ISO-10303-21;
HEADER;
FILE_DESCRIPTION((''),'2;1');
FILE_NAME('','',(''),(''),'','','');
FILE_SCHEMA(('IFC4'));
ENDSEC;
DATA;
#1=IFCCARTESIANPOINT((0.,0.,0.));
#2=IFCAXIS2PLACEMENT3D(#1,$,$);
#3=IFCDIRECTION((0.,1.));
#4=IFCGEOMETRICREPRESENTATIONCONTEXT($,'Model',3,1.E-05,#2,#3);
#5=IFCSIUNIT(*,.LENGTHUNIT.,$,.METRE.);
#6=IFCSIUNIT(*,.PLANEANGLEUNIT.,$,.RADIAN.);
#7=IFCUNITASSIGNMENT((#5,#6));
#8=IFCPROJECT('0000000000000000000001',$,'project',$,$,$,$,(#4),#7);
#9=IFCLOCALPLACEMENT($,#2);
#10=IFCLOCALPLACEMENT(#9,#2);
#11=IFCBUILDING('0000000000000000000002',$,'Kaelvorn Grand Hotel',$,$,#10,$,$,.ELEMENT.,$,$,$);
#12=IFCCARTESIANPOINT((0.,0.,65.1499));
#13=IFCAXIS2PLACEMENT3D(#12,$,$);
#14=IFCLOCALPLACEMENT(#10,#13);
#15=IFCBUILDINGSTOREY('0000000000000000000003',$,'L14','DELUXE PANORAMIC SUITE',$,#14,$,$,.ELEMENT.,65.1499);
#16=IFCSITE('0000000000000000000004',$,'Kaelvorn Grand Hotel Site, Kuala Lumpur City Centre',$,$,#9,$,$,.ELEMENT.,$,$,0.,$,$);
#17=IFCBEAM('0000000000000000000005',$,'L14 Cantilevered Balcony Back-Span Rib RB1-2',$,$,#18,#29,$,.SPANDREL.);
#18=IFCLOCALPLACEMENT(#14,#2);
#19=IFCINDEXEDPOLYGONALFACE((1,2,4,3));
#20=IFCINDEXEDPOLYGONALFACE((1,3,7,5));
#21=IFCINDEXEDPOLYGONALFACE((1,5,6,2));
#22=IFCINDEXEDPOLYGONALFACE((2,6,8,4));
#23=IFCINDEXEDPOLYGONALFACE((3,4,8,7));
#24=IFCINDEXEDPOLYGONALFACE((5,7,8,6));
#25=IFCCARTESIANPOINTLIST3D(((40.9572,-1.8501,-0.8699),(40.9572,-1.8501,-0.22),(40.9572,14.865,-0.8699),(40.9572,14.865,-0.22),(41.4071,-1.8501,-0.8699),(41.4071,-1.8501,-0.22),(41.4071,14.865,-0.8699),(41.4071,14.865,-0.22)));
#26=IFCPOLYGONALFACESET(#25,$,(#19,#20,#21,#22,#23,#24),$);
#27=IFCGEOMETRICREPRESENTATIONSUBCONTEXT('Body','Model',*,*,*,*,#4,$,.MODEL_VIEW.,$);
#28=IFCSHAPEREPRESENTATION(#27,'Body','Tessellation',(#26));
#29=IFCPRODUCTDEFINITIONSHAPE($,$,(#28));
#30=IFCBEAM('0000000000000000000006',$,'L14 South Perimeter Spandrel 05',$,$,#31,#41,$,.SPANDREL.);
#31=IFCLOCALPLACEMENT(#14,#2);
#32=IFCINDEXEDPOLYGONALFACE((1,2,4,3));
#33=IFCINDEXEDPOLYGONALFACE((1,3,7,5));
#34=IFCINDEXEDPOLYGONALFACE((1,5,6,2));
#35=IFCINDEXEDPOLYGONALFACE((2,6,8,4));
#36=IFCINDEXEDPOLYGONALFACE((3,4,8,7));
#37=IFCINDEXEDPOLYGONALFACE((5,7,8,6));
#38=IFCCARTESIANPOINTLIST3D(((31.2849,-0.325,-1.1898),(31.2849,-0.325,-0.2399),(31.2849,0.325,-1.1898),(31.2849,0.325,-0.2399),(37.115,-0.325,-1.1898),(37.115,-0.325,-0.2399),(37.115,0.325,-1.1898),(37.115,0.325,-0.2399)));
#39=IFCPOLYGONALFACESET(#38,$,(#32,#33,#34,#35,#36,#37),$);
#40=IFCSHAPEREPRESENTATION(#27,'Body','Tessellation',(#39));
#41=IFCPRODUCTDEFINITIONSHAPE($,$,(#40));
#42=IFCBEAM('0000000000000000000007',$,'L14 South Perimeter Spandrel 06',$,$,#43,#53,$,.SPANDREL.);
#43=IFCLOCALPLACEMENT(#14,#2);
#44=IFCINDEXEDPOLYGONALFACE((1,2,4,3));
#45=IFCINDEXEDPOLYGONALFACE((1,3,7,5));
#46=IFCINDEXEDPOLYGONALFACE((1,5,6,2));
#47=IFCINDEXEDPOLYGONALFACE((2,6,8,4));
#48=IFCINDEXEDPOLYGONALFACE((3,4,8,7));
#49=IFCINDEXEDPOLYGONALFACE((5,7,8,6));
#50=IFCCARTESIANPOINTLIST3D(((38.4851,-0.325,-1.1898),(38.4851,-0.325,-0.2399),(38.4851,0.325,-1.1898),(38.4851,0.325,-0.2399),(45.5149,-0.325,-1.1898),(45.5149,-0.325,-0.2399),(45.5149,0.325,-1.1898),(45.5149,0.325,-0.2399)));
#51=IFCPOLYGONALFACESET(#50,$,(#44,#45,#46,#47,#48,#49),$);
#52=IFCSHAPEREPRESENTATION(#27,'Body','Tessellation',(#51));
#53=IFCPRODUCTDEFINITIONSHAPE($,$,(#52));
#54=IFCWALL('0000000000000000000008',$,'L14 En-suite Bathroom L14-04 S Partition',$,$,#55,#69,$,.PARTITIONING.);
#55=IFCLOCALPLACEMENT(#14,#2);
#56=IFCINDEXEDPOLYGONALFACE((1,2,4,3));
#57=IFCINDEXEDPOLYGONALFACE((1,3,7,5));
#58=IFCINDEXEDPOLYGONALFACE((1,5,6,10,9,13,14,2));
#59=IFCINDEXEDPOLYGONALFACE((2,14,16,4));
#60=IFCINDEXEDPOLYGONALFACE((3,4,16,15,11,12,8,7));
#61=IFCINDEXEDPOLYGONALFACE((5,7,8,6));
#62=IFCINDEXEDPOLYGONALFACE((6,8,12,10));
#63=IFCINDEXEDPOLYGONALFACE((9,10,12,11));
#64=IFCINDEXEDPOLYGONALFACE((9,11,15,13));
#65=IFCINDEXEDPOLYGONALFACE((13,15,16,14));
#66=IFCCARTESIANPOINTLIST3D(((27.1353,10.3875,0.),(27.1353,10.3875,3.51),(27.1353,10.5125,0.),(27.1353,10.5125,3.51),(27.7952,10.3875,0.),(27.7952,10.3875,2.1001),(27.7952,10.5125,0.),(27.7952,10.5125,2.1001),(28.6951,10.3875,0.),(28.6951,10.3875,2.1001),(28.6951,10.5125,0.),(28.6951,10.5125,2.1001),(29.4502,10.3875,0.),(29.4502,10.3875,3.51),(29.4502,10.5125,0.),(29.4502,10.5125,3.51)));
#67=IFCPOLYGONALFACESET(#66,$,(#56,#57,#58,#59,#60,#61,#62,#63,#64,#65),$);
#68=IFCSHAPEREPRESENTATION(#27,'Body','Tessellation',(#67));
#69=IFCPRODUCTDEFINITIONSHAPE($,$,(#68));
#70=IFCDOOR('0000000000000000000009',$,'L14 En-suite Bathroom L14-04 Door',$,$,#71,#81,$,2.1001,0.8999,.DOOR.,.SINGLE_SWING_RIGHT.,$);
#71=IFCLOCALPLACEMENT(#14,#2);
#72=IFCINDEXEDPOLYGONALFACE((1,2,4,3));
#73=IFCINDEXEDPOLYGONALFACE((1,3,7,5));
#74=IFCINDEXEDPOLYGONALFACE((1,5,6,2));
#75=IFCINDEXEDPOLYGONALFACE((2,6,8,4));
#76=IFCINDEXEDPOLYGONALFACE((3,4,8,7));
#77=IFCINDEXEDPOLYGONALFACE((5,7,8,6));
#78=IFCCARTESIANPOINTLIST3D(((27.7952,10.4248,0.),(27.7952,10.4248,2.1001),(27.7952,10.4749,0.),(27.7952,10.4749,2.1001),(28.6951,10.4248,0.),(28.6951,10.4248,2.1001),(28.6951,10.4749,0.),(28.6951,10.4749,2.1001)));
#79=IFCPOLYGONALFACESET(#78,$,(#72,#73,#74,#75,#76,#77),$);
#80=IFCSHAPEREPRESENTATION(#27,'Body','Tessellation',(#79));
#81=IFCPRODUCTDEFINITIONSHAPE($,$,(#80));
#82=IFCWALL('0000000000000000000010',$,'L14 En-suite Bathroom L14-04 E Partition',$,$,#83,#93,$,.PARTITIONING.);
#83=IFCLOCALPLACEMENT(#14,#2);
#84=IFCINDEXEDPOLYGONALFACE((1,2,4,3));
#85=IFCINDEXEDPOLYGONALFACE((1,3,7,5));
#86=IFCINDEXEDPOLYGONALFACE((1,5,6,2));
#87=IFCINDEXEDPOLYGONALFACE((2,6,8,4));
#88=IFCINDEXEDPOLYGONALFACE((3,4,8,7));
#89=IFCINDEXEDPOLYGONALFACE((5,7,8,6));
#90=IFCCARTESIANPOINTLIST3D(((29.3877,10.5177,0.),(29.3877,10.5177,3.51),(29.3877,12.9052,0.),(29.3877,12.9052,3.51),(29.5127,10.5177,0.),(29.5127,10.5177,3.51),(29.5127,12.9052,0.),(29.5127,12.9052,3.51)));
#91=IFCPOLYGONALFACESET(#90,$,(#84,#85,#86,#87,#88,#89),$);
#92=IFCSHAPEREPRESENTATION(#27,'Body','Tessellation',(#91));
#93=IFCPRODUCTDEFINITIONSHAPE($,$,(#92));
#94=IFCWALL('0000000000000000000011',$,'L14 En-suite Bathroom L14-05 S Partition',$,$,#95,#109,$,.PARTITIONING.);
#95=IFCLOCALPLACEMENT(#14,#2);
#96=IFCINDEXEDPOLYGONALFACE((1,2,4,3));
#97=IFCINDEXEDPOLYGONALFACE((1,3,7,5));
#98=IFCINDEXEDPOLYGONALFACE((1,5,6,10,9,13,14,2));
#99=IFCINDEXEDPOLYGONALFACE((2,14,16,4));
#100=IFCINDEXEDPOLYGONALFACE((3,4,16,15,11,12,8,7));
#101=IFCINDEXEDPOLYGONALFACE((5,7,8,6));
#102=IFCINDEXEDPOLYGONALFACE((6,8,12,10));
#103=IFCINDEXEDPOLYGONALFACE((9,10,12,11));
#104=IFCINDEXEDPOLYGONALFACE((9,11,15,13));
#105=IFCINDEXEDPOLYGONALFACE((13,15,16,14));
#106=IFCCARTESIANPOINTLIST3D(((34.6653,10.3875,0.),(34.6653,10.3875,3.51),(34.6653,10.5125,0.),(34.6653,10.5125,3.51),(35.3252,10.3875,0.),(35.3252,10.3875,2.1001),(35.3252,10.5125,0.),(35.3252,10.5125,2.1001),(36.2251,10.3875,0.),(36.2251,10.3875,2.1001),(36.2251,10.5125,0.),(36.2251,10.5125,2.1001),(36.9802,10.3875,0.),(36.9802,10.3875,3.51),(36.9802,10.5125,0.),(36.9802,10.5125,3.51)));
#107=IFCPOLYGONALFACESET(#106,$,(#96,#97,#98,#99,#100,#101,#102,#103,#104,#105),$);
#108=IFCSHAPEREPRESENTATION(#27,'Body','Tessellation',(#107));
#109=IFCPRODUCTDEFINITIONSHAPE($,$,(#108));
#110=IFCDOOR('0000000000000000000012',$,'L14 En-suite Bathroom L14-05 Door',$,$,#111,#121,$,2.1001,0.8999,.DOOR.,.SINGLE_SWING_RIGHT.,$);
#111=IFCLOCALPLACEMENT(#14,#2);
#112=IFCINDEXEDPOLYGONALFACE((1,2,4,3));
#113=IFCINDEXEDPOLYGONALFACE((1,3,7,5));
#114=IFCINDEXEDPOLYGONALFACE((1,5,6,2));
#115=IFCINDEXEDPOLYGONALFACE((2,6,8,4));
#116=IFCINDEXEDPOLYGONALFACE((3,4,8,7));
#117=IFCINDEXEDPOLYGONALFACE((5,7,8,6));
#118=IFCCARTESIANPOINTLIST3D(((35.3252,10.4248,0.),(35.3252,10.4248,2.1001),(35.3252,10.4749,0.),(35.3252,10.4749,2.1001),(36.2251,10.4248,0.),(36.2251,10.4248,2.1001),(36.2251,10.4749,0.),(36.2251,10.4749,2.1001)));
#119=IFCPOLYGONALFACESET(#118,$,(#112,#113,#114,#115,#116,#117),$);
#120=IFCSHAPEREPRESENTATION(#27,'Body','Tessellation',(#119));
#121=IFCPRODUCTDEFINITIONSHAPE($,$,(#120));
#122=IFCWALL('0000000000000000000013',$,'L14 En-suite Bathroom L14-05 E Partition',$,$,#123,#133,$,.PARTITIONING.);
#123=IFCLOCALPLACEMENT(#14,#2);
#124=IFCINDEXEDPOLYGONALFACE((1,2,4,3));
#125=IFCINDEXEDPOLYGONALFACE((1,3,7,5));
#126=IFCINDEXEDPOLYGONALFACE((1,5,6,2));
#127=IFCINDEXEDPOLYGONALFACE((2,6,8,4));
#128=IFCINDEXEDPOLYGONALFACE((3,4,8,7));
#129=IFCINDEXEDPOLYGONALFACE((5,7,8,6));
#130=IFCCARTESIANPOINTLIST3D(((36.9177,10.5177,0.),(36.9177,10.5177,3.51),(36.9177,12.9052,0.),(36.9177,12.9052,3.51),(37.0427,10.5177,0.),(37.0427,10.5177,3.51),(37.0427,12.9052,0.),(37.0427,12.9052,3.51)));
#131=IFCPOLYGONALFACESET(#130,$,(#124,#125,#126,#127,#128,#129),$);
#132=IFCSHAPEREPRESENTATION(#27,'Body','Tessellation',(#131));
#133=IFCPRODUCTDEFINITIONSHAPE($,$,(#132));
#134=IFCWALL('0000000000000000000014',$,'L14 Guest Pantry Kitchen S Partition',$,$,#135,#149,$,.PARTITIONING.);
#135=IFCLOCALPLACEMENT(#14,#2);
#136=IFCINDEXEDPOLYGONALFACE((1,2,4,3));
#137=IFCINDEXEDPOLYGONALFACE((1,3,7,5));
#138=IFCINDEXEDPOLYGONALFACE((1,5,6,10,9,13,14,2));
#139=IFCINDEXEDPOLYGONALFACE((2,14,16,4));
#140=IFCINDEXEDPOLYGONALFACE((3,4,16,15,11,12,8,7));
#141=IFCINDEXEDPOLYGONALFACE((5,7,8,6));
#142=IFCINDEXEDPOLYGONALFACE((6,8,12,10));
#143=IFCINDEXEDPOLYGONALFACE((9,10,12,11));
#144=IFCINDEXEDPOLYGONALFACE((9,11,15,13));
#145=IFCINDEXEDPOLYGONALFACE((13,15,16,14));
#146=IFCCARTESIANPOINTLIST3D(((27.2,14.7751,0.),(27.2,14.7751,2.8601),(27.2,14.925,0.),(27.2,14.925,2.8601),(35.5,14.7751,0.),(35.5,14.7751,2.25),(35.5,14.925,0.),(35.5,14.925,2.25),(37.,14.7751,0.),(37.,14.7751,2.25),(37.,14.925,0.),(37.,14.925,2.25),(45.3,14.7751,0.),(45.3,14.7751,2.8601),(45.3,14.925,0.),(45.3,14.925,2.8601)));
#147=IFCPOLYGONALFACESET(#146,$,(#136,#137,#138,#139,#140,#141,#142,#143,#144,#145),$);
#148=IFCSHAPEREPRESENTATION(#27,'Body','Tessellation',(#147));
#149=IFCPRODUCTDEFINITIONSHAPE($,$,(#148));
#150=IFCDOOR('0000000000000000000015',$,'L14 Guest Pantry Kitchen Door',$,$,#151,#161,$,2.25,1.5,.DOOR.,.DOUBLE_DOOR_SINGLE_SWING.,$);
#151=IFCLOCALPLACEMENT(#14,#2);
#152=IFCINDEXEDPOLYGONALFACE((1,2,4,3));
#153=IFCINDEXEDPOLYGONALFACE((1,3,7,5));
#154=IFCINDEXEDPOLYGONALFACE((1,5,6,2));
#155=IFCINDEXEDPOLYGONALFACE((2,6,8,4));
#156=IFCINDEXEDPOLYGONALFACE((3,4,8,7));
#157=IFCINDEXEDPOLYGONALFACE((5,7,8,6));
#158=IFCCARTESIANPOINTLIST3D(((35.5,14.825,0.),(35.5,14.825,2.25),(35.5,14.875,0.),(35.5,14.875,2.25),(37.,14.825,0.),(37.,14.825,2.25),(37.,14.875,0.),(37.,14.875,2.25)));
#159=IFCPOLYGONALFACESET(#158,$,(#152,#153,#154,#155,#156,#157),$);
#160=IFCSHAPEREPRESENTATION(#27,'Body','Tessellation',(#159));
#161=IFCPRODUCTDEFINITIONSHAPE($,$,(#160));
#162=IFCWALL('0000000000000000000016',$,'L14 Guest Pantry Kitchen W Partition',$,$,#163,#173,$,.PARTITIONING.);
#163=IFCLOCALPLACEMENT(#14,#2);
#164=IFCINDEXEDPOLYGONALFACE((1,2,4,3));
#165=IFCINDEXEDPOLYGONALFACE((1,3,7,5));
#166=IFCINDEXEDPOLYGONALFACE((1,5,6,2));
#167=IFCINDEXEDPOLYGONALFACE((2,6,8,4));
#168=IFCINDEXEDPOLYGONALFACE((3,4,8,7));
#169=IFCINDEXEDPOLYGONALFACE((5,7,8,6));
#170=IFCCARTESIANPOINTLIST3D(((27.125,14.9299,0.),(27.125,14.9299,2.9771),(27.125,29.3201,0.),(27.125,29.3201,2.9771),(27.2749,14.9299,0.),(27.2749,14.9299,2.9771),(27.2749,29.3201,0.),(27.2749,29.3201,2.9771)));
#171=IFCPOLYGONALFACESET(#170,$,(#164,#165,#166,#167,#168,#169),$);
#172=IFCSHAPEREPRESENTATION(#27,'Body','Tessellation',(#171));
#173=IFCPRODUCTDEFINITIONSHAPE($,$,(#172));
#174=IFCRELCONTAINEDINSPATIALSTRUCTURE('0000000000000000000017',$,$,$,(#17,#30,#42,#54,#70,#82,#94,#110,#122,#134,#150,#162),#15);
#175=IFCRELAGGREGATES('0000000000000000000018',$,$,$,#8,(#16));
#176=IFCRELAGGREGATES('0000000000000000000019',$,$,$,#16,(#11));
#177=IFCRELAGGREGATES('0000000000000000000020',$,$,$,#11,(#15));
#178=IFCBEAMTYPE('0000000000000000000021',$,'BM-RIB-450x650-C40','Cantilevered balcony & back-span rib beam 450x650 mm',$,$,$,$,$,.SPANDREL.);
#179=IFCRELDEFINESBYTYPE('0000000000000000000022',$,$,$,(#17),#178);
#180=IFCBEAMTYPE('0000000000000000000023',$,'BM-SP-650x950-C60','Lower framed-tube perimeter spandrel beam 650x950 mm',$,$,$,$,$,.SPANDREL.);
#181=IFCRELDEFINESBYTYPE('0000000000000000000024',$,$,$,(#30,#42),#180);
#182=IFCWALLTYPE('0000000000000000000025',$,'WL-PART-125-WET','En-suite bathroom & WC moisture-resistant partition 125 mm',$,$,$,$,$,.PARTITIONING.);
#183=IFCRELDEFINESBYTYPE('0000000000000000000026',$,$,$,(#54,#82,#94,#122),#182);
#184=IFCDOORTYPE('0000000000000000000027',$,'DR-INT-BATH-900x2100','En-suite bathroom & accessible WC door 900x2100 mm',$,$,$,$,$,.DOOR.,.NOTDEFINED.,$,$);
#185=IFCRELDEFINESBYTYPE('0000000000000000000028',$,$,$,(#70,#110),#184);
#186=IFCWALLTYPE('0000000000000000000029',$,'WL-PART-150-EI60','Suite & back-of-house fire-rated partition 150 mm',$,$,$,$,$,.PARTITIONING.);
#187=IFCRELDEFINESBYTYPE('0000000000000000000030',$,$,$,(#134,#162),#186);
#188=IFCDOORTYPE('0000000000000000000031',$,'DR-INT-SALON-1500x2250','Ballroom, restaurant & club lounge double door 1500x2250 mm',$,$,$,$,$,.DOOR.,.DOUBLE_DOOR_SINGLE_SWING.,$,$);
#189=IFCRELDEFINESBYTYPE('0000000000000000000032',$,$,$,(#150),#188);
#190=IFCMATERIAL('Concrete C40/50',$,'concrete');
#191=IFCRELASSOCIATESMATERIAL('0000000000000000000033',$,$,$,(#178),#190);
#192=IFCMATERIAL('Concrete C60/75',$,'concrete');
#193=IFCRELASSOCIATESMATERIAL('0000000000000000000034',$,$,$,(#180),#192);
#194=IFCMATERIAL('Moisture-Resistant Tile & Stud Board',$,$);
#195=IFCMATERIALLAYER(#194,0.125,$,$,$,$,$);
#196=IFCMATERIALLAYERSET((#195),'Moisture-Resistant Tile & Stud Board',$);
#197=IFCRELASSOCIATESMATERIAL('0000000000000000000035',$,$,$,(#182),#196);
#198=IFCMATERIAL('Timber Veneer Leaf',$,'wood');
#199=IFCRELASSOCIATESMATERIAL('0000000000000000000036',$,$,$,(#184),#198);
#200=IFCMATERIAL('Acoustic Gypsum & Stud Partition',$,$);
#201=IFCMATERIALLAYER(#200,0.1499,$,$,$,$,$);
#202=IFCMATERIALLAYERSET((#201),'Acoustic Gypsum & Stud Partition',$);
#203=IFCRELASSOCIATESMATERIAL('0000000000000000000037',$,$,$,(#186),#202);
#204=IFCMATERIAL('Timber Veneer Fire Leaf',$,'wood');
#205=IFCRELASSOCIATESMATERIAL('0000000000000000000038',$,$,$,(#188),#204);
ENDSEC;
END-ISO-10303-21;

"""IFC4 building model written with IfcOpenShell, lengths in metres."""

from ifc_helpers import new_model, si_unit, direction, frame, frame_2d, origin, origin_2d, place, context, subcontext, project, spatial, rectangle, extrude, material, layer, layer_set, material_profile, profile_set, type_object, element, fill, save


model = new_model("IFC4")

# Units and contexts
model_context = context("Model", 3, precision=1e-05, world=origin(), true_north=direction((0.0, 1.0)))
body_context = subcontext(model_context, "Body", "Model", "MODEL_VIEW")
ifc_project = project(units=[si_unit("LENGTHUNIT", "METRE"), si_unit("PLANEANGLEUNIT", "RADIAN")], contexts=[model_context])

# Site, building, storey
site_placement = place(None, origin())
site = spatial("IfcSite", under=ifc_project, at=site_placement, Name="Kaelvorn Grand Hotel Site, Kuala Lumpur City Centre", CompositionType="ELEMENT", RefElevation=0.0)
building_placement = place(site_placement, origin())
building = spatial("IfcBuilding", under=site, at=building_placement, Name="Kaelvorn Grand Hotel", CompositionType="ELEMENT")
storey_placement = place(building_placement, frame((0.0, 0.0, 65.1499)))
storey = spatial("IfcBuildingStorey", under=building, at=storey_placement, Name="L14", Description="DELUXE PANORAMIC SUITE", CompositionType="ELEMENT", Elevation=65.1499)

# Beams
ifc_material_1 = material(Name="Concrete C40/50", Category="concrete")
ifc_material_profile_1 = material_profile(ifc_material_1, rectangle(XDim=0.45, YDim=0.6499, at=origin_2d()), Name="RC RIB 450x650")
ifc_profile_set_1 = profile_set([ifc_material_profile_1], Name="Concrete C40/50")
beam_type_1 = type_object("IfcBeamType", Name="BM-RIB-450x650-C40", Description="Cantilevered balcony & back-span rib beam 450x650 mm", PredefinedType="SPANDREL", material=ifc_profile_set_1)
beam_1_placement = place(storey_placement, frame((41.1821, -1.8501, -0.5449), z_axis=(0.0, 1.0, 0.0), x_axis=(-1.0, 0.0, 0.0)))
element("IfcBeam", 1, at=beam_1_placement, inside=storey, type_object=beam_type_1, Name="L14 Cantilevered Balcony Back-Span Rib RB1-2", PredefinedType="SPANDREL", context=body_context, shape_type="SweptSolid", body=[
    extrude(rectangle(XDim=0.45, YDim=0.6499, at=origin_2d()), origin(), (0.0, 0.0, 1.0), 16.7151),
])
ifc_material_2 = material(Name="Concrete C60/75", Category="concrete")
ifc_material_profile_2 = material_profile(ifc_material_2, rectangle(XDim=0.6499, YDim=0.95, at=origin_2d()), Name="RC SPANDREL 650x950")
ifc_profile_set_2 = profile_set([ifc_material_profile_2], Name="Concrete C60/75")
beam_type_2 = type_object("IfcBeamType", Name="BM-SP-650x950-C60", Description="Lower framed-tube perimeter spandrel beam 650x950 mm", PredefinedType="SPANDREL", material=ifc_profile_set_2)
beam_2_placement = place(storey_placement, frame((31.2849, 0.0, -0.7148), z_axis=(1.0, 0.0, 0.0), x_axis=(0.0, 1.0, 0.0)))
element("IfcBeam", 2, at=beam_2_placement, inside=storey, type_object=beam_type_2, Name="L14 South Perimeter Spandrel 05", PredefinedType="SPANDREL", context=body_context, shape_type="SweptSolid", body=[
    extrude(rectangle(XDim=0.6499, YDim=0.95, at=origin_2d()), origin(), (0.0, 0.0, 1.0), 5.8301),
])
beam_3_placement = place(storey_placement, frame((38.4851, 0.0, -0.7148), z_axis=(1.0, 0.0, 0.0), x_axis=(0.0, 1.0, 0.0)))
element("IfcBeam", 3, at=beam_3_placement, inside=storey, type_object=beam_type_2, Name="L14 South Perimeter Spandrel 06", PredefinedType="SPANDREL", context=body_context, shape_type="SweptSolid", body=[
    extrude(rectangle(XDim=0.6499, YDim=0.95, at=origin_2d()), origin(), (0.0, 0.0, 1.0), 7.0298),
])

# Wall, opening, door
ifc_material_3 = material(Name="Moisture-Resistant Tile & Stud Board")
ifc_layer_1 = layer(ifc_material_3, 0.125)
ifc_layer_set_1 = layer_set([ifc_layer_1], Name="Moisture-Resistant Tile & Stud Board")
wall_type_1 = type_object("IfcWallType", Name="WL-PART-125-WET", Description="En-suite bathroom & WC moisture-resistant partition 125 mm", PredefinedType="PARTITIONING", material=ifc_layer_set_1)
wall_1_placement = place(storey_placement, frame((27.1353, 10.45, 0.0), z_axis=(0.0, 0.0, 1.0), x_axis=(1.0, 0.0, 0.0)))
wall_1 = element("IfcWall", 4, at=wall_1_placement, inside=storey, type_object=wall_type_1, Name="L14 En-suite Bathroom L14-04 S Partition", PredefinedType="PARTITIONING", context=body_context, shape_type="SweptSolid", body=[
    extrude(rectangle(XDim=2.3149, YDim=0.125, at=frame_2d((1.1575, 0.0))), origin(), (0.0, 0.0, 1.0), 3.51),
])
opening_1_placement = place(wall_1_placement, frame((0.6599, 0.0, 0.0)))
opening_1 = element("IfcOpeningElement", 5, at=opening_1_placement, cuts=wall_1, PredefinedType="OPENING", context=body_context, shape_type="SweptSolid", body=[
    extrude(rectangle(XDim=0.8999, YDim=2.1001, at=frame_2d((0.45, 1.05))), frame((0.0, 0.0725, 0.0), z_axis=(0.0, -1.0, 0.0), x_axis=(1.0, 0.0, 0.0)), (0.0, 0.0, 1.0), 0.145),
])
ifc_material_4 = material(Name="Timber Veneer Leaf", Category="wood")
door_type_1 = type_object("IfcDoorType", Name="DR-INT-BATH-900x2100", Description="En-suite bathroom & accessible WC door 900x2100 mm", OperationType="NOTDEFINED", PredefinedType="DOOR", material=ifc_material_4)
door_1_placement = place(opening_1_placement, origin())
door_1 = element("IfcDoor", 6, at=door_1_placement, inside=storey, type_object=door_type_1, Name="L14 En-suite Bathroom L14-04 Door", OperationType="SINGLE_SWING_RIGHT", OverallHeight=2.1001, OverallWidth=0.8999, PredefinedType="DOOR", context=body_context, shape_type="SweptSolid", body=[
    extrude(rectangle(XDim=0.8999, YDim=2.1001, at=frame_2d((0.45, 1.05))), frame((0.0, 0.0249, 0.0), z_axis=(0.0, -1.0, 0.0), x_axis=(1.0, 0.0, 0.0)), (0.0, 0.0, 1.0), 0.05),
])
fill(opening_1, door_1)

# Wall
wall_2_placement = place(storey_placement, frame((29.4502, 10.5176, 0.0), z_axis=(0.0, 0.0, 1.0), x_axis=(0.0, 1.0, 0.0)))
element("IfcWall", 7, at=wall_2_placement, inside=storey, type_object=wall_type_1, Name="L14 En-suite Bathroom L14-04 E Partition", PredefinedType="PARTITIONING", context=body_context, shape_type="SweptSolid", body=[
    extrude(rectangle(XDim=2.3875, YDim=0.125, at=frame_2d((1.1938, 0.0))), origin(), (0.0, 0.0, 1.0), 3.51),
])

# Wall, opening, door
wall_3_placement = place(storey_placement, frame((34.6653, 10.45, 0.0), z_axis=(0.0, 0.0, 1.0), x_axis=(1.0, 0.0, 0.0)))
wall_3 = element("IfcWall", 8, at=wall_3_placement, inside=storey, type_object=wall_type_1, Name="L14 En-suite Bathroom L14-05 S Partition", PredefinedType="PARTITIONING", context=body_context, shape_type="SweptSolid", body=[
    extrude(rectangle(XDim=2.3149, YDim=0.125, at=frame_2d((1.1575, 0.0))), origin(), (0.0, 0.0, 1.0), 3.51),
])
opening_2_placement = place(wall_3_placement, frame((0.6599, 0.0, 0.0)))
opening_2 = element("IfcOpeningElement", 9, at=opening_2_placement, cuts=wall_3, PredefinedType="OPENING", context=body_context, shape_type="SweptSolid", body=[
    extrude(rectangle(XDim=0.8999, YDim=2.1001, at=frame_2d((0.45, 1.05))), frame((0.0, 0.0725, 0.0), z_axis=(0.0, -1.0, 0.0), x_axis=(1.0, 0.0, 0.0)), (0.0, 0.0, 1.0), 0.145),
])
door_2_placement = place(opening_2_placement, origin())
door_2 = element("IfcDoor", 10, at=door_2_placement, inside=storey, type_object=door_type_1, Name="L14 En-suite Bathroom L14-05 Door", OperationType="SINGLE_SWING_RIGHT", OverallHeight=2.1001, OverallWidth=0.8999, PredefinedType="DOOR", context=body_context, shape_type="SweptSolid", body=[
    extrude(rectangle(XDim=0.8999, YDim=2.1001, at=frame_2d((0.45, 1.05))), frame((0.0, 0.0249, 0.0), z_axis=(0.0, -1.0, 0.0), x_axis=(1.0, 0.0, 0.0)), (0.0, 0.0, 1.0), 0.05),
])
fill(opening_2, door_2)

# Wall
wall_4_placement = place(storey_placement, frame((36.9802, 10.5176, 0.0), z_axis=(0.0, 0.0, 1.0), x_axis=(0.0, 1.0, 0.0)))
element("IfcWall", 11, at=wall_4_placement, inside=storey, type_object=wall_type_1, Name="L14 En-suite Bathroom L14-05 E Partition", PredefinedType="PARTITIONING", context=body_context, shape_type="SweptSolid", body=[
    extrude(rectangle(XDim=2.3875, YDim=0.125, at=frame_2d((1.1938, 0.0))), origin(), (0.0, 0.0, 1.0), 3.51),
])

# Wall, opening, door
ifc_material_5 = material(Name="Acoustic Gypsum & Stud Partition")
ifc_layer_2 = layer(ifc_material_5, 0.1499)
ifc_layer_set_2 = layer_set([ifc_layer_2], Name="Acoustic Gypsum & Stud Partition")
wall_type_2 = type_object("IfcWallType", Name="WL-PART-150-EI60", Description="Suite & back-of-house fire-rated partition 150 mm", PredefinedType="PARTITIONING", material=ifc_layer_set_2)
wall_5_placement = place(storey_placement, frame((27.2, 14.8501, 0.0), z_axis=(0.0, 0.0, 1.0), x_axis=(1.0, 0.0, 0.0)))
wall_5 = element("IfcWall", 12, at=wall_5_placement, inside=storey, type_object=wall_type_2, Name="L14 Guest Pantry Kitchen S Partition", PredefinedType="PARTITIONING", context=body_context, shape_type="SweptSolid", body=[
    extrude(rectangle(XDim=18.1001, YDim=0.1499, at=frame_2d((9.05, 0.0))), origin(), (0.0, 0.0, 1.0), 2.8601),
])
opening_3_placement = place(wall_5_placement, frame((8.3, 0.0, 0.0)))
opening_3 = element("IfcOpeningElement", 13, at=opening_3_placement, cuts=wall_5, PredefinedType="OPENING", context=body_context, shape_type="SweptSolid", body=[
    extrude(rectangle(XDim=1.5, YDim=2.25, at=frame_2d((0.75, 1.125))), frame((0.0, 0.085, 0.0), z_axis=(0.0, -1.0, 0.0), x_axis=(1.0, 0.0, 0.0)), (0.0, 0.0, 1.0), 0.1699),
])
ifc_material_6 = material(Name="Timber Veneer Fire Leaf", Category="wood")
door_type_2 = type_object("IfcDoorType", Name="DR-INT-SALON-1500x2250", Description="Ballroom, restaurant & club lounge double door 1500x2250 mm", OperationType="DOUBLE_DOOR_SINGLE_SWING", PredefinedType="DOOR", material=ifc_material_6)
door_3_placement = place(opening_3_placement, origin())
door_3 = element("IfcDoor", 14, at=door_3_placement, inside=storey, type_object=door_type_2, Name="L14 Guest Pantry Kitchen Door", OperationType="DOUBLE_DOOR_SINGLE_SWING", OverallHeight=2.25, OverallWidth=1.5, PredefinedType="DOOR", context=body_context, shape_type="SweptSolid", body=[
    extrude(rectangle(XDim=1.5, YDim=2.25, at=frame_2d((0.75, 1.125))), frame((0.0, 0.0249, 0.0), z_axis=(0.0, -1.0, 0.0), x_axis=(1.0, 0.0, 0.0)), (0.0, 0.0, 1.0), 0.05),
])
fill(opening_3, door_3)

# Wall
wall_6_placement = place(storey_placement, frame((27.2, 14.9299, 0.0), z_axis=(0.0, 0.0, 1.0), x_axis=(0.0, 1.0, 0.0)))
element("IfcWall", 15, at=wall_6_placement, inside=storey, type_object=wall_type_2, Name="L14 Guest Pantry Kitchen W Partition", PredefinedType="PARTITIONING", context=body_context, shape_type="SweptSolid", body=[
    extrude(rectangle(XDim=14.3901, YDim=0.1499, at=frame_2d((7.1951, 0.0))), origin(), (0.0, 0.0, 1.0), 2.9771),
])

save(model, "model.ifc")
